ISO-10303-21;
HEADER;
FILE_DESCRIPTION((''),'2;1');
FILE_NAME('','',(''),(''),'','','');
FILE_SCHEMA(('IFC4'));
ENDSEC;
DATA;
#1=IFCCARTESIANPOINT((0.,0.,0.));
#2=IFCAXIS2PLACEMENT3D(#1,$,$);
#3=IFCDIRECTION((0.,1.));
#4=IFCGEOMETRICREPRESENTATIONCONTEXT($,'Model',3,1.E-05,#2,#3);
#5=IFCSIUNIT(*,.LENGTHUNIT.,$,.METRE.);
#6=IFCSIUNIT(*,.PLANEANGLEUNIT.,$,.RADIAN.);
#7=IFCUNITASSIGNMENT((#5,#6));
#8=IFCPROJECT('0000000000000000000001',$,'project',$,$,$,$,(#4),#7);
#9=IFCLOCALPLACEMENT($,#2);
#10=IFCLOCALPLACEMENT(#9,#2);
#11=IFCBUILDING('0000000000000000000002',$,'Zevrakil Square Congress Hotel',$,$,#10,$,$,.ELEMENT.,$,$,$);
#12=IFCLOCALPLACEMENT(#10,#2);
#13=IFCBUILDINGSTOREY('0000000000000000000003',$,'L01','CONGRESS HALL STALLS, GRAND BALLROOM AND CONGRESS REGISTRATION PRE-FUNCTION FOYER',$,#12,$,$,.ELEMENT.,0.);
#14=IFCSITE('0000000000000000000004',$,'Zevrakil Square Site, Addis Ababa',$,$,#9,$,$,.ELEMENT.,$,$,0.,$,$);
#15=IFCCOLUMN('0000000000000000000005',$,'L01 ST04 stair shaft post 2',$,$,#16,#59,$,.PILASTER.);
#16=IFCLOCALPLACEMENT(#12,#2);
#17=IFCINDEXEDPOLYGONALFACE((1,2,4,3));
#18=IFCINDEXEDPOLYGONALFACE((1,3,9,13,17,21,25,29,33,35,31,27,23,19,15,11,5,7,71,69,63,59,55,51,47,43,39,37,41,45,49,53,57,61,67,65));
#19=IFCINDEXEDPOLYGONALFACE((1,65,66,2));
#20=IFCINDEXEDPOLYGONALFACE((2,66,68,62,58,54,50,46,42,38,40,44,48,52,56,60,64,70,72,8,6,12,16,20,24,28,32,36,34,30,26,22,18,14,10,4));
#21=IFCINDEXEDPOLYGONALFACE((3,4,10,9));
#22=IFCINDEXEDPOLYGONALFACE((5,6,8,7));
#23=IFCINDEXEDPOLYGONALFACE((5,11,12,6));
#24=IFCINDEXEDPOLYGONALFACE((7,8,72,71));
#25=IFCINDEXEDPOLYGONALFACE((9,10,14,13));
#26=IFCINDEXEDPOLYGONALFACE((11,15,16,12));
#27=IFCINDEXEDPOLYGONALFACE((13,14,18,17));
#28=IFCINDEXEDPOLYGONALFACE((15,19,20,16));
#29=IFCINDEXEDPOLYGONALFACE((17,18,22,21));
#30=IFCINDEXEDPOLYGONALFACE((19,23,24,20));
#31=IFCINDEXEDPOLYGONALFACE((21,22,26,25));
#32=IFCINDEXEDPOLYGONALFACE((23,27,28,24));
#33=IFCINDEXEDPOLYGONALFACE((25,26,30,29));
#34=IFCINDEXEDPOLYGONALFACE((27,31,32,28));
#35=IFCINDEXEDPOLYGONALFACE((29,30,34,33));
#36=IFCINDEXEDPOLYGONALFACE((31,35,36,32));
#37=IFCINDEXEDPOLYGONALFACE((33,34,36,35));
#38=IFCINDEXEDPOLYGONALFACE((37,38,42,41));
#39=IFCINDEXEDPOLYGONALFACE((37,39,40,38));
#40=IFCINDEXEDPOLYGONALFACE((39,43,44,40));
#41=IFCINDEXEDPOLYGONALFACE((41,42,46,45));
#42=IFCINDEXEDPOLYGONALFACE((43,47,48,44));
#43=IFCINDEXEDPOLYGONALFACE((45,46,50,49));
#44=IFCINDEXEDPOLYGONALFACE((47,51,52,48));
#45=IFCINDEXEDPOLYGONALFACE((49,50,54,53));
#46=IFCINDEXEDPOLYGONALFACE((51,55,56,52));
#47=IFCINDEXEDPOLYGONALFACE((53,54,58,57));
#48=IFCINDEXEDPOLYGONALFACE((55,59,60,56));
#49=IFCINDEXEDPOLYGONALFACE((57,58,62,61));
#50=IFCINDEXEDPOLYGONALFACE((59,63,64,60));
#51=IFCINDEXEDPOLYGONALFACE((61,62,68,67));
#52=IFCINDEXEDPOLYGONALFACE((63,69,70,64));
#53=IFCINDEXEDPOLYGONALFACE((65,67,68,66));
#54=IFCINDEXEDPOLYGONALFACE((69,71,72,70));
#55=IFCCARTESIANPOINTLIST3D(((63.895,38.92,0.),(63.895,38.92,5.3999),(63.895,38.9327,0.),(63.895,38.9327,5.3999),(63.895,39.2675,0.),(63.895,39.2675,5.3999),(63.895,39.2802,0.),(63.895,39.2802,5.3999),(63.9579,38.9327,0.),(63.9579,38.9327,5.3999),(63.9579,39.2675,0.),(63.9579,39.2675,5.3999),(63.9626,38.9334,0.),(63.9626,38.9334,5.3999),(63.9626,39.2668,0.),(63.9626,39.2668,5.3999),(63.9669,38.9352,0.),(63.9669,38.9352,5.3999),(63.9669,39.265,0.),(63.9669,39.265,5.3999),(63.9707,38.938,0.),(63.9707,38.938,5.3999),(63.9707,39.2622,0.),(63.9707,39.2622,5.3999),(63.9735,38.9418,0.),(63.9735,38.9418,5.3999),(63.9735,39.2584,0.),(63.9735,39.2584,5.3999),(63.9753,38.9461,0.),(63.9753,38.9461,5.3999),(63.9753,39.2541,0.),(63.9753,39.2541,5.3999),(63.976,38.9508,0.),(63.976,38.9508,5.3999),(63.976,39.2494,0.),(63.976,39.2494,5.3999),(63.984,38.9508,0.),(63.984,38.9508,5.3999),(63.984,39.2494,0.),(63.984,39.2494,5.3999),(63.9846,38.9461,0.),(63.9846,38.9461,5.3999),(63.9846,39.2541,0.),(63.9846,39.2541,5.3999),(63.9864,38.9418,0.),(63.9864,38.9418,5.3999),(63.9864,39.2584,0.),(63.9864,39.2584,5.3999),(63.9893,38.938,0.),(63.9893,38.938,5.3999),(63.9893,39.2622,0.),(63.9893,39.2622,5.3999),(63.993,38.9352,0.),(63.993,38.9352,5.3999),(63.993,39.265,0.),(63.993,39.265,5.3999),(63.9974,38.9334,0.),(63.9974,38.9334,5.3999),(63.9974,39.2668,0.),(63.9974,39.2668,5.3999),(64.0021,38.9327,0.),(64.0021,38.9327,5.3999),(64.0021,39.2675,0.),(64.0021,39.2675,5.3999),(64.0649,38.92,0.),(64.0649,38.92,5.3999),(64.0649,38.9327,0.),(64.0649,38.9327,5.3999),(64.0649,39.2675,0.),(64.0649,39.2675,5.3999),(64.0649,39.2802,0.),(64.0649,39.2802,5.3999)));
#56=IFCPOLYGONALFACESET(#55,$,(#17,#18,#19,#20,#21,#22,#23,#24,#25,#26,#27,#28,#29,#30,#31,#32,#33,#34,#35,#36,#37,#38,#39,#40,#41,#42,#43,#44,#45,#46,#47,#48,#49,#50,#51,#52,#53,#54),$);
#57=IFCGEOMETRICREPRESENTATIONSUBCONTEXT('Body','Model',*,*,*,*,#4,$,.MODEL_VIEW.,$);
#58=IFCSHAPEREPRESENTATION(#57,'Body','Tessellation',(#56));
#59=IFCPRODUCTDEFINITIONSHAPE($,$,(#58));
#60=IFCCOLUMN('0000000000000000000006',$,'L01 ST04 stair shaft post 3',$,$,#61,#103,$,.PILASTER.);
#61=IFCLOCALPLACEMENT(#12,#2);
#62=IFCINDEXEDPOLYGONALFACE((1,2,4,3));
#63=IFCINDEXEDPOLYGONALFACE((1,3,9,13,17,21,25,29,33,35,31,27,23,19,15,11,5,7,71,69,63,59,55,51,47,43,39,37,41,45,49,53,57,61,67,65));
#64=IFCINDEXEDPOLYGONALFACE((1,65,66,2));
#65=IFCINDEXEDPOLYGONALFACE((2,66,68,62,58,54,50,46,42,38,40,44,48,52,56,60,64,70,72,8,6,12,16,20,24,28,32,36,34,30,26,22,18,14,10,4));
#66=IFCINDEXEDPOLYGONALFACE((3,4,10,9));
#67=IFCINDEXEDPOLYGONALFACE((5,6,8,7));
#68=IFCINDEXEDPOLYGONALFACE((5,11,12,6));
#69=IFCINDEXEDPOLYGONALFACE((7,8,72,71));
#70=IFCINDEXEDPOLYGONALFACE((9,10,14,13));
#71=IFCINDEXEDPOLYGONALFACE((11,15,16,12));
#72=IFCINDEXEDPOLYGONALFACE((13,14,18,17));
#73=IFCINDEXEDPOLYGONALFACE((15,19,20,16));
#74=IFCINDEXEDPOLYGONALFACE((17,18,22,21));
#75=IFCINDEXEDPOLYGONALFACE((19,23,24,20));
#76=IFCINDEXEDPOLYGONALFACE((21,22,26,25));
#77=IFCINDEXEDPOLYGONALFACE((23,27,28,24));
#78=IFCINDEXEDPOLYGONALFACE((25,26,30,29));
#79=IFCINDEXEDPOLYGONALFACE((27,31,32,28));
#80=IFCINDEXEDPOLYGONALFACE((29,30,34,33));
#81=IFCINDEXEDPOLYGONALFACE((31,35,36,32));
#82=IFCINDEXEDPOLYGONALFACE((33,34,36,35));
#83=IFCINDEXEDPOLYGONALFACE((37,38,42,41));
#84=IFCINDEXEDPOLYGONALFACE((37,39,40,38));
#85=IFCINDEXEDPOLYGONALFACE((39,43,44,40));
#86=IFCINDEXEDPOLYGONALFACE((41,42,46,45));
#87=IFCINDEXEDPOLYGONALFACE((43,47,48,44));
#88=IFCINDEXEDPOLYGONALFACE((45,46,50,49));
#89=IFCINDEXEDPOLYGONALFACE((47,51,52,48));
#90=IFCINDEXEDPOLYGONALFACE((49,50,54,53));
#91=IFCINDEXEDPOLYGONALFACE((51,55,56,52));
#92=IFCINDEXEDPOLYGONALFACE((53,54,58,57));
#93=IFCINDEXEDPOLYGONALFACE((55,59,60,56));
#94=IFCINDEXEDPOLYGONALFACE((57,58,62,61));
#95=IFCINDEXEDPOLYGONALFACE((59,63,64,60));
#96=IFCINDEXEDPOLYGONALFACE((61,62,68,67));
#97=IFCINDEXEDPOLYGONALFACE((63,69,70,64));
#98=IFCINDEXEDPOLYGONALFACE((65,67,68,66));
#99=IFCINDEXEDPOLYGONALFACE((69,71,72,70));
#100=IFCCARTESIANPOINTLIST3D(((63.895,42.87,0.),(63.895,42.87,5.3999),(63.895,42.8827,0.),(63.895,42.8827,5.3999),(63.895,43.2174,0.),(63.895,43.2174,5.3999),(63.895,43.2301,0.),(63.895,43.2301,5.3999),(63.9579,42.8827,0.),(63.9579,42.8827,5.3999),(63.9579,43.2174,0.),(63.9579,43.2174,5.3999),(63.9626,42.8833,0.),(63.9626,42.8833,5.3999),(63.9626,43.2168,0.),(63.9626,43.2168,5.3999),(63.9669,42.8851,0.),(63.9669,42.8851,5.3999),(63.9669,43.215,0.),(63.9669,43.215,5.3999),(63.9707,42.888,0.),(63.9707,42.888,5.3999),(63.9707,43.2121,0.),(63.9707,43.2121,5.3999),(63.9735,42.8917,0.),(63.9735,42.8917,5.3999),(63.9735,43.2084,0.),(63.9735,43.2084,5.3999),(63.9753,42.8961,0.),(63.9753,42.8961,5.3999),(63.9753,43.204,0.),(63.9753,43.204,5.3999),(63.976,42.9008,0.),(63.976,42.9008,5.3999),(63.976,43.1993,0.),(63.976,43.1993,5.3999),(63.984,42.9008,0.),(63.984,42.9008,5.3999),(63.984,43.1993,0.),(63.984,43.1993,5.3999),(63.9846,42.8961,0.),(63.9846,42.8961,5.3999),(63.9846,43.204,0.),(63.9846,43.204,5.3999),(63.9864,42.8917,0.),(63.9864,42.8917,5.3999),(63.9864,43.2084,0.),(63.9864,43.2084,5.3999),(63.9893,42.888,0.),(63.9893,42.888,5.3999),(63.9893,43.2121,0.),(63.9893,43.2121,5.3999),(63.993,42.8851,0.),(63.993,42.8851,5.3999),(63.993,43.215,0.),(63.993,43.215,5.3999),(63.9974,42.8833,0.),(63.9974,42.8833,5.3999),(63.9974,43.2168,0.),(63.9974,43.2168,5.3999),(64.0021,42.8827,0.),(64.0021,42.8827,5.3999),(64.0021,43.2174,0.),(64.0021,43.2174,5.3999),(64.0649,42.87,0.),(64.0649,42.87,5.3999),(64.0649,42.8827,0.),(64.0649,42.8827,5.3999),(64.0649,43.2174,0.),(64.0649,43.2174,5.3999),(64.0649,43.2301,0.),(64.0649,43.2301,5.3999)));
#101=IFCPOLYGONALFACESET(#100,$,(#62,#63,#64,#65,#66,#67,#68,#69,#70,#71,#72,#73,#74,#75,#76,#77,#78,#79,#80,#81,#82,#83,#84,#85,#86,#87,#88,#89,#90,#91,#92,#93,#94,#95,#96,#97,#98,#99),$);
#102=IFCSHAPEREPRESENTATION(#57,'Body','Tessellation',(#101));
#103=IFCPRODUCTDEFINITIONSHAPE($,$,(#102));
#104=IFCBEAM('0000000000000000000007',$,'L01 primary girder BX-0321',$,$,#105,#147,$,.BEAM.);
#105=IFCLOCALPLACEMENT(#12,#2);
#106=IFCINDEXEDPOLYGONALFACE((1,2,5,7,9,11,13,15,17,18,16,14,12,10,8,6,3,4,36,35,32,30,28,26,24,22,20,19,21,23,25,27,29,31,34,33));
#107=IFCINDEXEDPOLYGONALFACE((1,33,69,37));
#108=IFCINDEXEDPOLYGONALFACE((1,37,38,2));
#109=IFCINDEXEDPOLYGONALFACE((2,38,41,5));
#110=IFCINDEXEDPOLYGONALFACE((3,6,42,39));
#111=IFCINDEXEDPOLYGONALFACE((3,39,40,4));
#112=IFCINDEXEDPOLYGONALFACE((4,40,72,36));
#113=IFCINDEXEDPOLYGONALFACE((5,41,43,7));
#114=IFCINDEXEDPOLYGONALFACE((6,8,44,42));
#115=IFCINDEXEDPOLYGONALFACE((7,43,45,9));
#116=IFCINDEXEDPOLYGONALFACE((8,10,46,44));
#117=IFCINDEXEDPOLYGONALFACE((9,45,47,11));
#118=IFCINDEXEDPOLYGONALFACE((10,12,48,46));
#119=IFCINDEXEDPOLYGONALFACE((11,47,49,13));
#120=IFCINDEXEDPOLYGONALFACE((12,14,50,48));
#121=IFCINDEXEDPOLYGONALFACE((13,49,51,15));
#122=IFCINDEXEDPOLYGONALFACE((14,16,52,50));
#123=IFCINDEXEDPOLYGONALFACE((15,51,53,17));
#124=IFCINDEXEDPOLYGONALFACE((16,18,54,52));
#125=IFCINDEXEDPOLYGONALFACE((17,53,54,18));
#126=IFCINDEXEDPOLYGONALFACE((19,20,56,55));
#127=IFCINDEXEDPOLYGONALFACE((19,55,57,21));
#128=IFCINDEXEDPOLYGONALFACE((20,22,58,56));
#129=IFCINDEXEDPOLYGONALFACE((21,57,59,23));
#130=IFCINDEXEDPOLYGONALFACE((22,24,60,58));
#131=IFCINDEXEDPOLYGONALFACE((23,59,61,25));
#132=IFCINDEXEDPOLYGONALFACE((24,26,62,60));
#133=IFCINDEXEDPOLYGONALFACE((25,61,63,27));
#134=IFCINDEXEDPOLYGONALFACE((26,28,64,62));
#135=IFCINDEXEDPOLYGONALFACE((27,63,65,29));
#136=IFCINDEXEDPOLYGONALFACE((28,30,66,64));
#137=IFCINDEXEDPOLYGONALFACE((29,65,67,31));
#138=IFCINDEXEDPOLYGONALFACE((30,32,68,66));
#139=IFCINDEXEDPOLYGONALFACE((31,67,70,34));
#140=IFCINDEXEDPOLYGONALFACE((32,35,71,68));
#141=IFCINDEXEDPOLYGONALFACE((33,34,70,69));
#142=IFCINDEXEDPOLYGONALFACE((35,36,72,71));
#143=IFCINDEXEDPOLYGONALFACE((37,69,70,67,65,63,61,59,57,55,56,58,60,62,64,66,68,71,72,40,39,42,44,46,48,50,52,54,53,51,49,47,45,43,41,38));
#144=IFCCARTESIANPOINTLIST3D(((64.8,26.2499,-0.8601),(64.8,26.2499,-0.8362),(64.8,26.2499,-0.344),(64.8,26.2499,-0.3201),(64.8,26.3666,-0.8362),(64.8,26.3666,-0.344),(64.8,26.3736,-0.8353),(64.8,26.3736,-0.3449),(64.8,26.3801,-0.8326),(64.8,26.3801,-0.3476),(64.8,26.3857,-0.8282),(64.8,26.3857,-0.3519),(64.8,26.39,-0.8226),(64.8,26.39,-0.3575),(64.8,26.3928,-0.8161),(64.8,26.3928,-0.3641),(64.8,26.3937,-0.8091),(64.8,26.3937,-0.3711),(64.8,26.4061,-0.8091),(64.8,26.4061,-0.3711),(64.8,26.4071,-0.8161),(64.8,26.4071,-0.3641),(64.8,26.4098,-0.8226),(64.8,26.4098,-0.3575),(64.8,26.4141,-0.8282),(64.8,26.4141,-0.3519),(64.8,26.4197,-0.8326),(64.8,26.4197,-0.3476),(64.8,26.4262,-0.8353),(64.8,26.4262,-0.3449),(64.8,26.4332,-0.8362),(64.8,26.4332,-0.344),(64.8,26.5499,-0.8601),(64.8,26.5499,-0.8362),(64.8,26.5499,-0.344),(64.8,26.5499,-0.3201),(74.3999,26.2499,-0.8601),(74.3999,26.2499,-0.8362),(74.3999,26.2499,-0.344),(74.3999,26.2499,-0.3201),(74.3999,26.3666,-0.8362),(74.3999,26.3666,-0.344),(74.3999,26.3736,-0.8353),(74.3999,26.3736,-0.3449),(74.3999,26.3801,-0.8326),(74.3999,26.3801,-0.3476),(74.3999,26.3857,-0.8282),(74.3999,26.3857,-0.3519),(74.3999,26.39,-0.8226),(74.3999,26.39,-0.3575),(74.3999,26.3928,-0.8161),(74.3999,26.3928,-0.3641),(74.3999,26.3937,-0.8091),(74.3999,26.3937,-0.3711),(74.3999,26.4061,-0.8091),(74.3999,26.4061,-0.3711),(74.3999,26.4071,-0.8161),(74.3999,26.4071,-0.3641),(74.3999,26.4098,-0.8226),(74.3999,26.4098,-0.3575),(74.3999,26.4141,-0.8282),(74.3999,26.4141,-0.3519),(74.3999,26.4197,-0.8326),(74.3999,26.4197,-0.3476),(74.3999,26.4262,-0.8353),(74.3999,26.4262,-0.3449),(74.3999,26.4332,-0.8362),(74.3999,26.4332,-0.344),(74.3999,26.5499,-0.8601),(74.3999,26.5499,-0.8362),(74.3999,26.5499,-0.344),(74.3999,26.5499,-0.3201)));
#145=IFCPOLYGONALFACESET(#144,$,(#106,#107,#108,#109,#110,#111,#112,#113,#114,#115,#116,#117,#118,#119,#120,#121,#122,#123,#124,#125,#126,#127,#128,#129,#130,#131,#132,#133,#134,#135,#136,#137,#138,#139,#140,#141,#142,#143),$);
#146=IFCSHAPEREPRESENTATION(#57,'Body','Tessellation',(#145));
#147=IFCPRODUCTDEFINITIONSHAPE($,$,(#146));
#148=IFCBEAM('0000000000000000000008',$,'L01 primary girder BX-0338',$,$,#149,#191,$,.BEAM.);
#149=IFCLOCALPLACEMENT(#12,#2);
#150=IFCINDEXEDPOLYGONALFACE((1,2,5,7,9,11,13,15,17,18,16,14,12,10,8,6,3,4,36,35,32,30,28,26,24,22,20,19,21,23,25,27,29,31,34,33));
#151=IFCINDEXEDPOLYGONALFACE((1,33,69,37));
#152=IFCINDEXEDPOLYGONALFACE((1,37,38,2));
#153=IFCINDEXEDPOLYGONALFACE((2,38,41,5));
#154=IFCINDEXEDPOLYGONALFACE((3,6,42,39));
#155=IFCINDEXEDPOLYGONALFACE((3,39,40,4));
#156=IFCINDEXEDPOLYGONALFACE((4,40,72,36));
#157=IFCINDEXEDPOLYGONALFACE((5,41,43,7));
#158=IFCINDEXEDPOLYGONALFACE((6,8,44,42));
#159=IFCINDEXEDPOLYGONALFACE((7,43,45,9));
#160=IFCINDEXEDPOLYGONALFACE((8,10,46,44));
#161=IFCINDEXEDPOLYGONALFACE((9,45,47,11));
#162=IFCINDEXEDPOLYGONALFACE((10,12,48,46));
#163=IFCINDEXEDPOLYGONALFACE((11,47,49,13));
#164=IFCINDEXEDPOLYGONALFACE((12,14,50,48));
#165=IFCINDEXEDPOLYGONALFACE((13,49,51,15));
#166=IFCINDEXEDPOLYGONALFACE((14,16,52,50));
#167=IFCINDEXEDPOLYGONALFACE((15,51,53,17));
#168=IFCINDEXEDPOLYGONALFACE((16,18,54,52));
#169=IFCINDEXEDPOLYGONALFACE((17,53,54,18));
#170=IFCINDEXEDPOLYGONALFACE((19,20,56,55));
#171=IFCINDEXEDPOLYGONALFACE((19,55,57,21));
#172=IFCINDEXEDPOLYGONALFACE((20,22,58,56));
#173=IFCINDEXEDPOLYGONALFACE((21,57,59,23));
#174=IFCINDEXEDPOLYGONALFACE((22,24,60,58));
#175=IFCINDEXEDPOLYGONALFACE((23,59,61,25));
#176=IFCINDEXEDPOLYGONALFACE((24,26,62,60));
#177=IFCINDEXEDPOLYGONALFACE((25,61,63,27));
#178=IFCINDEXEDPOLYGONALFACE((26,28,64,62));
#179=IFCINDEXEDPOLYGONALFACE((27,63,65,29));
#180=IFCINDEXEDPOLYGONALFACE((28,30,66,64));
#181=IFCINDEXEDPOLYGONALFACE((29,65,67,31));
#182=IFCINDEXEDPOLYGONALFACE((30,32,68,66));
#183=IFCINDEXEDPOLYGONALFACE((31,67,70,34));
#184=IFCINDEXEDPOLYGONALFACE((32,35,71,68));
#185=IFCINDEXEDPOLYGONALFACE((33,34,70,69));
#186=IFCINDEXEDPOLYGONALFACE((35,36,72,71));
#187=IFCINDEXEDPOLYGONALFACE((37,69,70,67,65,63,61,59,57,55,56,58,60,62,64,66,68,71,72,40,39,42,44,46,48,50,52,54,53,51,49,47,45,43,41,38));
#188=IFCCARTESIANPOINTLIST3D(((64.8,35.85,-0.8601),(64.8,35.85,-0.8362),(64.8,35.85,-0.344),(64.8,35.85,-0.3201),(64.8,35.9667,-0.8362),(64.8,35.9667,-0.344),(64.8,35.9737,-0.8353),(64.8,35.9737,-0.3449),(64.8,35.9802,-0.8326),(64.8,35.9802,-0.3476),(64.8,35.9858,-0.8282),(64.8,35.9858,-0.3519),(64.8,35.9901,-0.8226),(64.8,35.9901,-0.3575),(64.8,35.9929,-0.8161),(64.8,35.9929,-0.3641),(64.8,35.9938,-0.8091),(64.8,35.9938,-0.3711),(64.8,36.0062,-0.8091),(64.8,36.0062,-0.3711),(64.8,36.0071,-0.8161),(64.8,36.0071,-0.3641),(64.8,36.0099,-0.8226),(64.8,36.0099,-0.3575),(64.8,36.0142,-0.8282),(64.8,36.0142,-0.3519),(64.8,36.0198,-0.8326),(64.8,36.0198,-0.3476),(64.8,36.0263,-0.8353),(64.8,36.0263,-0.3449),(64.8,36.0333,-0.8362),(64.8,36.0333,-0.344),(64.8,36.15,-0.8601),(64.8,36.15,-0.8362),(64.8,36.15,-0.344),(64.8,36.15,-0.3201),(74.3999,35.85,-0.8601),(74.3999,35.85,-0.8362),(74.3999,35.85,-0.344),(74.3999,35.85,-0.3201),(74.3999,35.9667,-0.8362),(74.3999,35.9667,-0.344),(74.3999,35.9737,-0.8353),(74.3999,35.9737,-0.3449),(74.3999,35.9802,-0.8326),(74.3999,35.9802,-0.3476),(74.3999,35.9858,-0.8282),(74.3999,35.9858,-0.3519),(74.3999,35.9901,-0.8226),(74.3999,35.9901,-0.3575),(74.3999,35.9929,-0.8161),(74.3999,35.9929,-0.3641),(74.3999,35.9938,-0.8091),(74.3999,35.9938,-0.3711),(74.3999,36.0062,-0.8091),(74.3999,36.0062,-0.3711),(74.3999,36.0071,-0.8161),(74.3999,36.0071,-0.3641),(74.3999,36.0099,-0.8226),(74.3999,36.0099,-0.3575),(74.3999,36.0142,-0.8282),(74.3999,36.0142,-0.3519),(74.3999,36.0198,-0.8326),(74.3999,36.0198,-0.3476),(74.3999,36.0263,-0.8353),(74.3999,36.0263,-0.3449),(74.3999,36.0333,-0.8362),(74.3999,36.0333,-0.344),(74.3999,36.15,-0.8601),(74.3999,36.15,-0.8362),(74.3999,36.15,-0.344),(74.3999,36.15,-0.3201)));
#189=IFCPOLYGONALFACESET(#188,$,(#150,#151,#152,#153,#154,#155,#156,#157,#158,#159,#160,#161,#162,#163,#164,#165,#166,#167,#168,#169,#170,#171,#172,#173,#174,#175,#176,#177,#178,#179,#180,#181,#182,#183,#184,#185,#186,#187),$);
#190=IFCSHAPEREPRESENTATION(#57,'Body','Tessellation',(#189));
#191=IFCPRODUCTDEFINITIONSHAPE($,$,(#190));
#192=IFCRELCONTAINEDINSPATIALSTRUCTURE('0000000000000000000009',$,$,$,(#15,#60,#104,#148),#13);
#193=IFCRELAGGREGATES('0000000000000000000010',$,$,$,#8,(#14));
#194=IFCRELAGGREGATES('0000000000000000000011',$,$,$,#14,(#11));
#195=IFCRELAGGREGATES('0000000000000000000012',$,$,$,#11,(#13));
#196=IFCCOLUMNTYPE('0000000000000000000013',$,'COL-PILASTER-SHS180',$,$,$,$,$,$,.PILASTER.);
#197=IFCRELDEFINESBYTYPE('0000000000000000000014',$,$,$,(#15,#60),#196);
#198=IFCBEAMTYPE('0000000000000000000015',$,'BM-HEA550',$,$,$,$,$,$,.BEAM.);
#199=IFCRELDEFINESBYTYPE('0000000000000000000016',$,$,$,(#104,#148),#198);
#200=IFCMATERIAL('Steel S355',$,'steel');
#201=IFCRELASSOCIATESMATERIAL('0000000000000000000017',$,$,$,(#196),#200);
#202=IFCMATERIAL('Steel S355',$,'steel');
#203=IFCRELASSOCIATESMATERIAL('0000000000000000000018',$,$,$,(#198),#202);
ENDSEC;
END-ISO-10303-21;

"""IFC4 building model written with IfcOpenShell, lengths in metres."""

from ifc_helpers import new_model, si_unit, direction, frame, origin, origin_2d, place, context, subcontext, project, spatial, i_section, extrude, material, material_profile, profile_set, type_object, element, save


model = new_model("IFC4")

# Units and contexts
model_context = context("Model", 3, precision=1e-05, world=origin(), true_north=direction((0.0, 1.0)))
body_context = subcontext(model_context, "Body", "Model", "MODEL_VIEW")
ifc_project = project(units=[si_unit("LENGTHUNIT", "METRE"), si_unit("PLANEANGLEUNIT", "RADIAN")], contexts=[model_context])

# Site, building, storey
site_placement = place(None, origin())
site = spatial("IfcSite", under=ifc_project, at=site_placement, Name="Zevrakil Square Site, Addis Ababa", CompositionType="ELEMENT", RefElevation=0.0)
building_placement = place(site_placement, origin())
building = spatial("IfcBuilding", under=site, at=building_placement, Name="Zevrakil Square Congress Hotel", CompositionType="ELEMENT")
storey_placement = place(building_placement, origin())
storey = spatial("IfcBuildingStorey", under=building, at=storey_placement, Name="L01", Description="CONGRESS HALL STALLS, GRAND BALLROOM AND CONGRESS REGISTRATION PRE-FUNCTION FOYER", CompositionType="ELEMENT", Elevation=0.0)

# Columns
ifc_material_1 = material(Name="Steel S355", Category="steel")
ifc_material_profile_1 = material_profile(ifc_material_1, i_section(OverallWidth=0.1699, OverallDepth=0.3601, WebThickness=0.0081, FlangeThickness=0.0127, FilletRadius=0.0181, at=origin_2d()), Name="IPE 360")
ifc_profile_set_1 = profile_set([ifc_material_profile_1], Name="Steel S355")
column_type_1 = type_object("IfcColumnType", Name="COL-PILASTER-SHS180", PredefinedType="PILASTER", material=ifc_profile_set_1)
for number, where, z_axis, x_axis, name in (
    (1, (63.98, 39.1001, 0.0), (0.0, 0.0, 1.0), (1.0, 0.0, 0.0), "L01 ST04 stair shaft post 2"),
    (2, (63.98, 43.05, 0.0), (0.0, 0.0, 1.0), (1.0, 0.0, 0.0), "L01 ST04 stair shaft post 3"),
):
    element("IfcColumn", number, at=place(storey_placement, frame(where, z_axis=z_axis, x_axis=x_axis)), inside=storey, type_object=column_type_1, Name=name, PredefinedType="PILASTER", context=body_context, shape_type="SweptSolid", body=[
        extrude(i_section(OverallWidth=0.1699, OverallDepth=0.3601, WebThickness=0.0081, FlangeThickness=0.0127, FilletRadius=0.0181, at=origin_2d()), origin(), (0.0, 0.0, 1.0), 5.3999),
    ])

# Beams
ifc_material_2 = material(Name="Steel S355", Category="steel")
ifc_material_profile_2 = material_profile(ifc_material_2, i_section(OverallWidth=0.3, OverallDepth=0.54, WebThickness=0.0125, FlangeThickness=0.0239, FilletRadius=0.0271, at=origin_2d()), Name="HEA 550")
ifc_profile_set_2 = profile_set([ifc_material_profile_2], Name="Steel S355")
beam_type_1 = type_object("IfcBeamType", Name="BM-HEA550", PredefinedType="BEAM", material=ifc_profile_set_2)
for number, where, z_axis, x_axis, name in (
    (3, (64.8, 26.3999, -0.5901), (1.0, 0.0, 0.0), (0.0, 1.0, 0.0), "L01 primary girder BX-0321"),
    (4, (64.8, 36.0, -0.5901), (1.0, 0.0, 0.0), (0.0, 1.0, 0.0), "L01 primary girder BX-0338"),
):
    element("IfcBeam", number, at=place(storey_placement, frame(where, z_axis=z_axis, x_axis=x_axis)), inside=storey, type_object=beam_type_1, Name=name, PredefinedType="BEAM", context=body_context, shape_type="SweptSolid", body=[
        extrude(i_section(OverallWidth=0.3, OverallDepth=0.54, WebThickness=0.0125, FlangeThickness=0.0239, FilletRadius=0.0271, at=origin_2d()), origin(), (0.0, 0.0, 1.0), 9.5999),
    ])

save(model, "model.ifc")
